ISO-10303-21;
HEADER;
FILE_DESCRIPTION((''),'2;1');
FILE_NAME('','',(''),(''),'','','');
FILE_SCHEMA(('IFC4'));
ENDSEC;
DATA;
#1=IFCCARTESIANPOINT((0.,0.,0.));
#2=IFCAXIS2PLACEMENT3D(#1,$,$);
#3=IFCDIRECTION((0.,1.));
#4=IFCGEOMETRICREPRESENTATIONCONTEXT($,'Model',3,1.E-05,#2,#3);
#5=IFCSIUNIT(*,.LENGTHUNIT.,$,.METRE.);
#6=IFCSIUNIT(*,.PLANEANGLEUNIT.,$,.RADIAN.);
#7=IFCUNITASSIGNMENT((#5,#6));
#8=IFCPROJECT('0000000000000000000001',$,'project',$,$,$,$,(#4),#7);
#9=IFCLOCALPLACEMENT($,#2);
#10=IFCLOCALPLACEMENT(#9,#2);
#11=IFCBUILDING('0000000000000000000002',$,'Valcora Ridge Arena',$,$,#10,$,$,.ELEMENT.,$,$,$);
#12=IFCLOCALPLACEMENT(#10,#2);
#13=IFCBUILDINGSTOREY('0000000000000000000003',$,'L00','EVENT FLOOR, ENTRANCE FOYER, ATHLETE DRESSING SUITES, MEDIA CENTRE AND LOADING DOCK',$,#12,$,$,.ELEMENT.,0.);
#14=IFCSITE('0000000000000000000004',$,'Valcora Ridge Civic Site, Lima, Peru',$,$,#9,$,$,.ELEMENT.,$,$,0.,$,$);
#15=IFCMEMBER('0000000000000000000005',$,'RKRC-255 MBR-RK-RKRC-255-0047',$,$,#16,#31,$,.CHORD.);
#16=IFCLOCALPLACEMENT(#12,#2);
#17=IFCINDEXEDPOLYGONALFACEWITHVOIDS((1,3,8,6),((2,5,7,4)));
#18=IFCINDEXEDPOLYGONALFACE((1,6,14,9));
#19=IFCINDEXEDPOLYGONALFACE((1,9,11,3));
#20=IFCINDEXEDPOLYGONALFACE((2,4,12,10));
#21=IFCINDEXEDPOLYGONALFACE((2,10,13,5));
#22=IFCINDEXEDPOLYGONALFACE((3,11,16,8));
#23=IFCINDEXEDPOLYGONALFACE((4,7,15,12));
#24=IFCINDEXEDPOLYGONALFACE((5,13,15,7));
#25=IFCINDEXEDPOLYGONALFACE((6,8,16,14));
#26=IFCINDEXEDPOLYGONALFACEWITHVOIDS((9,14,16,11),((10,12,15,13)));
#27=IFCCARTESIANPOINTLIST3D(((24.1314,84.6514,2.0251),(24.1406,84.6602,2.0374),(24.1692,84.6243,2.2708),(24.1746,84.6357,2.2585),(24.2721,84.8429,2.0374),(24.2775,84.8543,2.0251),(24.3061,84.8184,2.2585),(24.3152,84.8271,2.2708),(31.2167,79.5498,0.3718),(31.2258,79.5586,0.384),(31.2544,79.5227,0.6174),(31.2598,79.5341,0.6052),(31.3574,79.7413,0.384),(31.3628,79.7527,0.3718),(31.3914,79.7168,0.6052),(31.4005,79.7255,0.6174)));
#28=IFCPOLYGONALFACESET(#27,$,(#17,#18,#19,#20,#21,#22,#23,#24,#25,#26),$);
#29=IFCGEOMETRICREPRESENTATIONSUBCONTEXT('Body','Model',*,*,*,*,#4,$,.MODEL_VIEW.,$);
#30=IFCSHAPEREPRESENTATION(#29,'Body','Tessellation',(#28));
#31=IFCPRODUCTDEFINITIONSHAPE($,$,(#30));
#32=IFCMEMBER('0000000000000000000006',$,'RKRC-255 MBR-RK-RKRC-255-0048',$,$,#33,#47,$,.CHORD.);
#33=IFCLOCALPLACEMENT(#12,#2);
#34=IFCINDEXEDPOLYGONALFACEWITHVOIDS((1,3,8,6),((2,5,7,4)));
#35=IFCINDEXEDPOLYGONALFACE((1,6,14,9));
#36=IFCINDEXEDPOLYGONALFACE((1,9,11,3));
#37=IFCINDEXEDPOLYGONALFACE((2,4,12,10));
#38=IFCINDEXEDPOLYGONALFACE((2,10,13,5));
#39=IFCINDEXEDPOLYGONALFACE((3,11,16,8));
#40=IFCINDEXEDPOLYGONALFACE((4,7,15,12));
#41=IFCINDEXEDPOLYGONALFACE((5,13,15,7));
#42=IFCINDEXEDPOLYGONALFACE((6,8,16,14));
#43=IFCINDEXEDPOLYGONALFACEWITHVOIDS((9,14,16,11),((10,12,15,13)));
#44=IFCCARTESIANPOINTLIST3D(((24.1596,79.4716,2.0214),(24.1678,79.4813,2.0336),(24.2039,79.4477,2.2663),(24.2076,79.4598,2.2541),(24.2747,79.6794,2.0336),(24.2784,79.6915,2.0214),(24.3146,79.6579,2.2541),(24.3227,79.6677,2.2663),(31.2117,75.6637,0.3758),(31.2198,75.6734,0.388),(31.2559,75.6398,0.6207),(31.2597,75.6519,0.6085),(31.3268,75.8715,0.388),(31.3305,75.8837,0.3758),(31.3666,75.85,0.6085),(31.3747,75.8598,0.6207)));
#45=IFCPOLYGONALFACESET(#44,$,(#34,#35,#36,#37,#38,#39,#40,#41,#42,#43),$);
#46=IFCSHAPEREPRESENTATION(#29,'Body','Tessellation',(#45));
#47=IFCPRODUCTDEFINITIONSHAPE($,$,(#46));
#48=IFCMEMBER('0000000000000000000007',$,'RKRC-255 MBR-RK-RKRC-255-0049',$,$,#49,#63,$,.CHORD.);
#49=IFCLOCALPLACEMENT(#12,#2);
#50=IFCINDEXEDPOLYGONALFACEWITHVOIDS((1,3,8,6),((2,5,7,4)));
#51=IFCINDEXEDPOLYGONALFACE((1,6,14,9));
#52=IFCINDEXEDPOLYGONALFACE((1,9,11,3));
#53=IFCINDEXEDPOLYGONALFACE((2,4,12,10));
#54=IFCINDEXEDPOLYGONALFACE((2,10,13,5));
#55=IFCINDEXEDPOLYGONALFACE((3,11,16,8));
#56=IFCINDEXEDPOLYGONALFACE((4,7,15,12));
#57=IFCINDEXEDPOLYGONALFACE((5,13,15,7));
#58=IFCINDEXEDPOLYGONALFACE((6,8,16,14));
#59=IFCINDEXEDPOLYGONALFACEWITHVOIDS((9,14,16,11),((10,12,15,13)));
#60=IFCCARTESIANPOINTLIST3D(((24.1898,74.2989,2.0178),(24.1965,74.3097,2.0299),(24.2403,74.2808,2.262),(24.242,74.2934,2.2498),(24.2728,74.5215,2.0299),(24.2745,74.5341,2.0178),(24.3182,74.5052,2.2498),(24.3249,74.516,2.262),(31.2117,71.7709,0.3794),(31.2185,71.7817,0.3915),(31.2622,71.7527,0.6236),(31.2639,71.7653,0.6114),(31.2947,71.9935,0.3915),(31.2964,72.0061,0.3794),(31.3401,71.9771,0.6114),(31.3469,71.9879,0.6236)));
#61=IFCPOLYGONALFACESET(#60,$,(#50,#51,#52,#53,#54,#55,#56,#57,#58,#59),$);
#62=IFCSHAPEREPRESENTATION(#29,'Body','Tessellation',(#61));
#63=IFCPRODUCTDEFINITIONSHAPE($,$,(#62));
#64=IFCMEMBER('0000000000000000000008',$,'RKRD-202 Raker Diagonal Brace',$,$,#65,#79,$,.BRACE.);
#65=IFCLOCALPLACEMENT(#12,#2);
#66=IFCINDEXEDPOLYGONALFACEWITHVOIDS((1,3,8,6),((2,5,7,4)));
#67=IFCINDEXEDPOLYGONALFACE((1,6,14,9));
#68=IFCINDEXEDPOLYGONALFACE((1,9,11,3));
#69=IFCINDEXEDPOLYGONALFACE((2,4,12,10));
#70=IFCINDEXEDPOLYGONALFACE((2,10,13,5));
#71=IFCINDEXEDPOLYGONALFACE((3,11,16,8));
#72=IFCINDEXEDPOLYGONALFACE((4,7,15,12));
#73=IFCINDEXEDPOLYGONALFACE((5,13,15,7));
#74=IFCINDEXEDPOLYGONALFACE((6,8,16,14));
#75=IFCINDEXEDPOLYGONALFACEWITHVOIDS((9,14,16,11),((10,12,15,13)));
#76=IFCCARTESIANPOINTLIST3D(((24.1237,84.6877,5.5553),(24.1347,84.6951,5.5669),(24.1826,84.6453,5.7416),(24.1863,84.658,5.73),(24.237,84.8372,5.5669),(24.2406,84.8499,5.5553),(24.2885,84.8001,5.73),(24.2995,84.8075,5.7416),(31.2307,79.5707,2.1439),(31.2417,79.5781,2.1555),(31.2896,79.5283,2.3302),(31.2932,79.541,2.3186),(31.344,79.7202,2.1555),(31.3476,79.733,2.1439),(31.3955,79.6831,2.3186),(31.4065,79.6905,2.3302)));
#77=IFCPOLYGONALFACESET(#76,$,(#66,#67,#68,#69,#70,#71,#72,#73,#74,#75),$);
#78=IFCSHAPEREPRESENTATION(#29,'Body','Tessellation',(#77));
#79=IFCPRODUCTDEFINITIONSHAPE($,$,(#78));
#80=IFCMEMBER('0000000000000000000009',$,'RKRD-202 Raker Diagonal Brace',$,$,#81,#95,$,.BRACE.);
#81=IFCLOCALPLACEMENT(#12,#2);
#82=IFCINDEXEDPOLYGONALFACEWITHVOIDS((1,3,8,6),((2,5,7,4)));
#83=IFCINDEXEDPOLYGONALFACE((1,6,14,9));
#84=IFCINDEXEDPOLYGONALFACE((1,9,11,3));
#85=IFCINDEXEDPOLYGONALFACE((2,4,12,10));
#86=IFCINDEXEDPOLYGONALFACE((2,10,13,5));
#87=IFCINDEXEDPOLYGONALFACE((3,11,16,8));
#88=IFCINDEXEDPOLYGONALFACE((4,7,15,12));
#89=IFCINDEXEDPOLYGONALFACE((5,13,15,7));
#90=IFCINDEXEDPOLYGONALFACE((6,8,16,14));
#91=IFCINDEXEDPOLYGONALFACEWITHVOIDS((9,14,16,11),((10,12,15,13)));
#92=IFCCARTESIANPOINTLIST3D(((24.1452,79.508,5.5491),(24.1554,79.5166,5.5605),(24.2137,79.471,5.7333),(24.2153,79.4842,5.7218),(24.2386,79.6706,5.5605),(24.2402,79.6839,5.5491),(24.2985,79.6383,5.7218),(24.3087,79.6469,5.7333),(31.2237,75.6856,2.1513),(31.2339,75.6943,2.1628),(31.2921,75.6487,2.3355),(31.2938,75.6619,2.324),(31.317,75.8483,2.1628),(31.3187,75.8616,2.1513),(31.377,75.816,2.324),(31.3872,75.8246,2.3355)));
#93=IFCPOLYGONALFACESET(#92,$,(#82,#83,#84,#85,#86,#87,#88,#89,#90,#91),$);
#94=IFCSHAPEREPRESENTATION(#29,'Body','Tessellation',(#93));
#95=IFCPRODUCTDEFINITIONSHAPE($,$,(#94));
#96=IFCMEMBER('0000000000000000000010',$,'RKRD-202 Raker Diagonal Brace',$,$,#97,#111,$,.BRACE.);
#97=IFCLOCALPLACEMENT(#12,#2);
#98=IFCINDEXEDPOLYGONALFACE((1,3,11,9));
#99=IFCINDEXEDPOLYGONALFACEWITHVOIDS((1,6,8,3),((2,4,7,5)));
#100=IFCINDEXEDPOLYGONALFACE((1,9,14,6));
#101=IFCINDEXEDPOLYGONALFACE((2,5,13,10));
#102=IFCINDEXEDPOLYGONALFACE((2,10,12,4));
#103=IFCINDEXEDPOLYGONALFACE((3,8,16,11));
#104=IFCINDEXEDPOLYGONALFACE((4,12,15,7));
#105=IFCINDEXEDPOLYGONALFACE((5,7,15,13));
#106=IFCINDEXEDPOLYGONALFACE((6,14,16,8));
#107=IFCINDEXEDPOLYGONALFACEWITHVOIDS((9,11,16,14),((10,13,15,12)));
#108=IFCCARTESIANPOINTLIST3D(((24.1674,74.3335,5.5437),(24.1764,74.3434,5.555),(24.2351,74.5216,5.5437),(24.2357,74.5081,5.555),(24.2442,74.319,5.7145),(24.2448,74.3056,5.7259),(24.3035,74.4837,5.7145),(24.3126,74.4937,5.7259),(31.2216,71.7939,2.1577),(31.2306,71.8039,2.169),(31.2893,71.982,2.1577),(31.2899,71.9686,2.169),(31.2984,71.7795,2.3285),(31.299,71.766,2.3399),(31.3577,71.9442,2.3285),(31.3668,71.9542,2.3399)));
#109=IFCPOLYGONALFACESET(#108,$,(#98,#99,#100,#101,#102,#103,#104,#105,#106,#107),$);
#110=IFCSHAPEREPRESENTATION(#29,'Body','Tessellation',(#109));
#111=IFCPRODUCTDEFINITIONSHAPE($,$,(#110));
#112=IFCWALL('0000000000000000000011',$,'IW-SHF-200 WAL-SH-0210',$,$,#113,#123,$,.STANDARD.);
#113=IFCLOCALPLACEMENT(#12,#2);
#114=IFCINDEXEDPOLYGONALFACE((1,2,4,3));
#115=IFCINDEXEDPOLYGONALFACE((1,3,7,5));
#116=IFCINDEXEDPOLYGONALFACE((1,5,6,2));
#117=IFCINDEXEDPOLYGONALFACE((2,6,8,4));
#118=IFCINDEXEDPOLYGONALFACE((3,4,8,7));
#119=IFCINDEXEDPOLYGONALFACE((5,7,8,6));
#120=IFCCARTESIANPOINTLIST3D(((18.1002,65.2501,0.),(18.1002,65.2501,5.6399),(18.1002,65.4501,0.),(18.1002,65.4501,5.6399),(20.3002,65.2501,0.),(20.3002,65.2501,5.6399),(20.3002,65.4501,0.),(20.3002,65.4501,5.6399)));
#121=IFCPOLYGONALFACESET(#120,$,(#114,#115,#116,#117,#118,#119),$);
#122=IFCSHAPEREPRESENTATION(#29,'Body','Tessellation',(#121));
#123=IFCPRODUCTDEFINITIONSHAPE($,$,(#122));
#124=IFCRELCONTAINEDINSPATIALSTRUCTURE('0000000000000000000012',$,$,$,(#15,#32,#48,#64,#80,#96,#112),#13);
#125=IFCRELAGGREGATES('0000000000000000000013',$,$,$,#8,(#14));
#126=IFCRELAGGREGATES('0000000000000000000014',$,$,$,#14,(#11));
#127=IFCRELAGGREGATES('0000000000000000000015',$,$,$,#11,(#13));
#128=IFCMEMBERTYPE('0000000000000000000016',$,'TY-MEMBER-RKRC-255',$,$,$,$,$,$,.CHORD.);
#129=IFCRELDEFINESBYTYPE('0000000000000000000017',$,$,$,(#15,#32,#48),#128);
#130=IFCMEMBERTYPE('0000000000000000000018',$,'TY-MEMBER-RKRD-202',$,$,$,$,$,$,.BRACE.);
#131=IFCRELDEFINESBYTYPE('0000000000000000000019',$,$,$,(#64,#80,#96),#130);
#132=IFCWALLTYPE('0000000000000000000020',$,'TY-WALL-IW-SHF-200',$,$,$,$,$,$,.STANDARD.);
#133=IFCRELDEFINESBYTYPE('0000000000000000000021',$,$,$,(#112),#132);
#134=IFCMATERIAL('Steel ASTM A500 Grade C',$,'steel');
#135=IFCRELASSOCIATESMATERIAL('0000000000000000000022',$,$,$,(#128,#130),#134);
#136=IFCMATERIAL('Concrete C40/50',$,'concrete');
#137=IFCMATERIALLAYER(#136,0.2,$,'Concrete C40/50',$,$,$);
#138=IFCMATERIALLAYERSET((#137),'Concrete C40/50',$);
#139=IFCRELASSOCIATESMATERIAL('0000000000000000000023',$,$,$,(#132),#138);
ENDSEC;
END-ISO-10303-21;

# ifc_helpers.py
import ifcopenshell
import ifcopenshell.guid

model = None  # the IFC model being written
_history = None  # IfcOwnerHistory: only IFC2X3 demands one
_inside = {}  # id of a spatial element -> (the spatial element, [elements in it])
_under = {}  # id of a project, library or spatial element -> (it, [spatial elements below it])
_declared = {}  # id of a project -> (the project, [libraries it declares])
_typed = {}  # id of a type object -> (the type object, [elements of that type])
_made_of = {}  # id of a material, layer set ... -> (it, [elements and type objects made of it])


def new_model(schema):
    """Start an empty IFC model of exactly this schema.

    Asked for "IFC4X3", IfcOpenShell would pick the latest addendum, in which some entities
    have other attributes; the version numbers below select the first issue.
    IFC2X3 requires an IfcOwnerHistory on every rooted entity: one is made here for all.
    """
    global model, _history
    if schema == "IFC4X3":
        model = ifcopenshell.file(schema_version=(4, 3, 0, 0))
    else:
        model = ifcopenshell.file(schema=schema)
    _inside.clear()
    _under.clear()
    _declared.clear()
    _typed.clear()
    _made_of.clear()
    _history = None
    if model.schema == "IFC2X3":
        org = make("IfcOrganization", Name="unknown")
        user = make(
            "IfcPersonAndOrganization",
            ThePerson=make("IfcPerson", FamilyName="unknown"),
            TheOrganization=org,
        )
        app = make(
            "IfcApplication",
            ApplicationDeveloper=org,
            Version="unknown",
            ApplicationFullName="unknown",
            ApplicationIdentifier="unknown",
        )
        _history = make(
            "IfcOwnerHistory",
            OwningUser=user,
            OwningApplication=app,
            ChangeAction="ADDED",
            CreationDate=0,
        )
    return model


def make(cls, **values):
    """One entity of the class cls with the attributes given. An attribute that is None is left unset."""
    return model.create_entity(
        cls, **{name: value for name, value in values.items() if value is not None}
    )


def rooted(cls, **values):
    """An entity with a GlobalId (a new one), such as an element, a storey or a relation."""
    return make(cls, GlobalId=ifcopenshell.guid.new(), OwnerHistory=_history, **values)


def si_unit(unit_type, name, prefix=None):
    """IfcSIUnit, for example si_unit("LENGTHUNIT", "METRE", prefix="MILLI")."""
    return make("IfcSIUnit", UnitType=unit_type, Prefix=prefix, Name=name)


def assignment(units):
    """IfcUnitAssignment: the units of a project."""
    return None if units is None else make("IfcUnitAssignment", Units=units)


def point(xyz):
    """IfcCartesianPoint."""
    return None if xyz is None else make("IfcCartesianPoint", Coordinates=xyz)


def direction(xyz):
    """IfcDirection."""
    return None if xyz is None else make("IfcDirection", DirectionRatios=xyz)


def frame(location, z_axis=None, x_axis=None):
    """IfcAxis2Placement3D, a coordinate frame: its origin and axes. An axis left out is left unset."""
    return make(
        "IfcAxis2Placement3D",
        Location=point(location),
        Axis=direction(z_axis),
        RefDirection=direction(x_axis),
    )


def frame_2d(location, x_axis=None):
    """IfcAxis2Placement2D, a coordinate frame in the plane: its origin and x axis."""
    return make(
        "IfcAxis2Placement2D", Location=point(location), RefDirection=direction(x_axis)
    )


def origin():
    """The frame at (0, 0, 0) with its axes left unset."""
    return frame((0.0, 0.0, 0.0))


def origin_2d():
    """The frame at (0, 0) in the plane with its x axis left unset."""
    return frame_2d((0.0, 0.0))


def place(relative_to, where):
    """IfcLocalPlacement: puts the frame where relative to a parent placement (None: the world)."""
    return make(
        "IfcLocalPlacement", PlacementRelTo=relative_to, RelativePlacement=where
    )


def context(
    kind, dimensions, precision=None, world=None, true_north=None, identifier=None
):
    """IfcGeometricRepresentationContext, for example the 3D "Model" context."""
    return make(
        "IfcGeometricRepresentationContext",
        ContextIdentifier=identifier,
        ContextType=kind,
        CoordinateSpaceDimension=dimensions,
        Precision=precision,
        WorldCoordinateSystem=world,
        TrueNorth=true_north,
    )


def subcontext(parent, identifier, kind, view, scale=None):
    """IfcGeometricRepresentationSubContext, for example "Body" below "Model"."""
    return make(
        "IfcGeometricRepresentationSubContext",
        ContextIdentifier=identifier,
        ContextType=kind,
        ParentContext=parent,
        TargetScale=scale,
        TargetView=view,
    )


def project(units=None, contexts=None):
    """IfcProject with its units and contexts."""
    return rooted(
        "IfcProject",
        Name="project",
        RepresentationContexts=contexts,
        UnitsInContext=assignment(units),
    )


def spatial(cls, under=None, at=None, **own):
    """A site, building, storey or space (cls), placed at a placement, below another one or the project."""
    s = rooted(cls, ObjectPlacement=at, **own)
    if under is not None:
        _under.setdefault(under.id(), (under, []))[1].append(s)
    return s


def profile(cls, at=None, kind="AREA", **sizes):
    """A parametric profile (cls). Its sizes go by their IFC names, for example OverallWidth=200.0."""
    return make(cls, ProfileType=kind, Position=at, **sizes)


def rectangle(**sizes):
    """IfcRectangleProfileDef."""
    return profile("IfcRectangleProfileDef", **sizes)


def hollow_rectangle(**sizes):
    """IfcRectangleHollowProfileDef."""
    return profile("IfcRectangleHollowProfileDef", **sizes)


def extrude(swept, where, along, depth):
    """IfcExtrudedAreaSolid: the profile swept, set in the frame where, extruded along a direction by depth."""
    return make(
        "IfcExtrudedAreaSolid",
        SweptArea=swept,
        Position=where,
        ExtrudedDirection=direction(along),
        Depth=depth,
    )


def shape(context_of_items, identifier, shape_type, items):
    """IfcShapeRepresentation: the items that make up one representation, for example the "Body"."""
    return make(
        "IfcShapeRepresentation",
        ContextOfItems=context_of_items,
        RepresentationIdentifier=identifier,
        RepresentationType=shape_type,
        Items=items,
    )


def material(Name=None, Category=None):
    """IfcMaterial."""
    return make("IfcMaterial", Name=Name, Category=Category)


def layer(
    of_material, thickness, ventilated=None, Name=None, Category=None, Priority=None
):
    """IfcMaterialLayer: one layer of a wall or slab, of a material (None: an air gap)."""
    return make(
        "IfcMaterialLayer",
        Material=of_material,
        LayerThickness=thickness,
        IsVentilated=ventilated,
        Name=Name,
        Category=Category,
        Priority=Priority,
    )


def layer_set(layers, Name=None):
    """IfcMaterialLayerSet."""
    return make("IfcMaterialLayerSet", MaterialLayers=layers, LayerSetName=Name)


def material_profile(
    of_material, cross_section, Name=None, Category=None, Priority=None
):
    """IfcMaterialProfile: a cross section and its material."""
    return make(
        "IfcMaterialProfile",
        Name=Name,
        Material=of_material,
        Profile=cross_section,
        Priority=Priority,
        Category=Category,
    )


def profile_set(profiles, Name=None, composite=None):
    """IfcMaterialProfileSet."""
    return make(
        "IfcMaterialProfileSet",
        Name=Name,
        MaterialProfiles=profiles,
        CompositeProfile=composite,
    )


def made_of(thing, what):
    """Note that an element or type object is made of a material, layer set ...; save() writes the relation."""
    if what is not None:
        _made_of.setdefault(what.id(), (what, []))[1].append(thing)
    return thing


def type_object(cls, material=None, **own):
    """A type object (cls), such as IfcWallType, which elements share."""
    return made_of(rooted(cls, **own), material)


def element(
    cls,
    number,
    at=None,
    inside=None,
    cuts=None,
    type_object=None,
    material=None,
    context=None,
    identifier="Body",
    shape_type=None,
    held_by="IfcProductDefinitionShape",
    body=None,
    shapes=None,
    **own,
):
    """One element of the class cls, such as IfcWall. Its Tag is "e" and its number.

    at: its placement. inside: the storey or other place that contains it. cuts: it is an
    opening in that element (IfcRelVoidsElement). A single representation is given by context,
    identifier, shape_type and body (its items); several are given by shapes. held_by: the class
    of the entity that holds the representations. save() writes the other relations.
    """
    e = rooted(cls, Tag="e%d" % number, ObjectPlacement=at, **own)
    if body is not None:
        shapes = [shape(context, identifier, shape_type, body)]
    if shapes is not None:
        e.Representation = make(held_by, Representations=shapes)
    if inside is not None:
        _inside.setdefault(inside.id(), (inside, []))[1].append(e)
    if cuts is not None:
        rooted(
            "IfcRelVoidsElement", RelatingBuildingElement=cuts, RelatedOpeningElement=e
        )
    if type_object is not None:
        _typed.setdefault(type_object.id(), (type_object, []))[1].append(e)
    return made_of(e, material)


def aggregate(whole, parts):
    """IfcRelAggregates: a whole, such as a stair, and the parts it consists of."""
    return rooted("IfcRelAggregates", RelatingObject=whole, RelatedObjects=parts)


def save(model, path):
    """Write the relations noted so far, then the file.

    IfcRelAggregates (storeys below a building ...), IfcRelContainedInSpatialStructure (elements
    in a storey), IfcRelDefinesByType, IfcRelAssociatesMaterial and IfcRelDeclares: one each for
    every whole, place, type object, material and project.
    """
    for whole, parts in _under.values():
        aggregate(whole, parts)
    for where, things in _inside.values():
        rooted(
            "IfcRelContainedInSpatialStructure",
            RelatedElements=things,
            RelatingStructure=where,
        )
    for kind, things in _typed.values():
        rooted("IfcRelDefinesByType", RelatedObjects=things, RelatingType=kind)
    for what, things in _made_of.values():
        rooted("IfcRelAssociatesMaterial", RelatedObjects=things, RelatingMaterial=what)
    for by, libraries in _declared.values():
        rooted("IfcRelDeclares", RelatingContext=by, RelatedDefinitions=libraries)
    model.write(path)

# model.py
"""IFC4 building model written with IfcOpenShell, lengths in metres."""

from ifc_helpers import new_model, si_unit, direction, frame, frame_2d, origin, origin_2d, place, context, subcontext, project, spatial, rectangle, hollow_rectangle, extrude, material, layer, layer_set, material_profile, profile_set, type_object, element, save


model = new_model("IFC4")

# Units and contexts
model_context = context("Model", 3, precision=1e-05, world=origin(), true_north=direction((0.0, 1.0)))
body_context = subcontext(model_context, "Body", "Model", "MODEL_VIEW")
ifc_project = project(units=[si_unit("LENGTHUNIT", "METRE"), si_unit("PLANEANGLEUNIT", "RADIAN")], contexts=[model_context])

# Site, building, storey
site_placement = place(None, origin())
site = spatial("IfcSite", under=ifc_project, at=site_placement, Name="Valcora Ridge Civic Site, Lima, Peru", CompositionType="ELEMENT", RefElevation=0.0)
building_placement = place(site_placement, origin())
building = spatial("IfcBuilding", under=site, at=building_placement, Name="Valcora Ridge Arena", CompositionType="ELEMENT")
storey_placement = place(building_placement, origin())
storey = spatial("IfcBuildingStorey", under=building, at=storey_placement, Name="L00", Description="EVENT FLOOR, ENTRANCE FOYER, ATHLETE DRESSING SUITES, MEDIA CENTRE AND LOADING DOCK", CompositionType="ELEMENT", Elevation=0.0)

# Shared definitions
ifc_material_1 = material(Name="Concrete C40/50", Category="concrete")

# Members
ifc_material_2 = material(Name="Steel ASTM A500 Grade C", Category="steel")
ifc_material_profile_1 = material_profile(ifc_material_2, hollow_rectangle(XDim=0.25, YDim=0.25, WallThickness=0.0125, at=origin_2d()), Name="HSS250X250X12")
ifc_profile_set_1 = profile_set([ifc_material_profile_1], Name="Steel ASTM A500 Grade C")
member_type_1 = type_object("IfcMemberType", Name="TY-MEMBER-RKRC-255", PredefinedType="CHORD", material=ifc_profile_set_1)
member_1_placement = place(storey_placement, frame((31.3086, 79.6377, 0.4946), z_axis=(-0.797352, 0.574118, 0.186061), x_axis=(-0.584321, -0.811523, 0.0)))
element("IfcMember", 1, at=member_1_placement, inside=storey, type_object=member_type_1, Name="RKRC-255 MBR-RK-RKRC-255-0047", PredefinedType="CHORD", context=body_context, shape_type="SweptSolid", body=[
    extrude(hollow_rectangle(XDim=0.25, YDim=0.25, WallThickness=0.0125, at=origin_2d()), origin(), (0.0, 0.0, 1.0), 8.886),
])
member_2_placement = place(storey_placement, frame((31.2932, 75.7617, 0.4983), z_axis=(-0.861937, 0.465419, 0.201124), x_axis=(-0.475128, -0.879917, 0.0)))
element("IfcMember", 2, at=member_2_placement, inside=storey, type_object=member_type_1, Name="RKRC-255 MBR-RK-RKRC-255-0048", PredefinedType="CHORD", context=body_context, shape_type="SweptSolid", body=[
    extrude(hollow_rectangle(XDim=0.25, YDim=0.25, WallThickness=0.0125, at=origin_2d()), origin(), (0.0, 0.0, 1.0), 8.1816),
])
member_3_placement = place(storey_placement, frame((31.2793, 71.8794, 0.5015), z_axis=(-0.918995, 0.33086, 0.214428), x_axis=(-0.338739, -0.94088, 0.0)))
element("IfcMember", 3, at=member_3_placement, inside=storey, type_object=member_type_1, Name="RKRC-255 MBR-RK-RKRC-255-0049", PredefinedType="CHORD", context=body_context, shape_type="SweptSolid", body=[
    extrude(hollow_rectangle(XDim=0.25, YDim=0.25, WallThickness=0.0125, at=origin_2d()), origin(), (0.0, 0.0, 1.0), 7.6409),
])
ifc_material_profile_2 = material_profile(ifc_material_2, hollow_rectangle(XDim=0.2, YDim=0.2, WallThickness=0.0125, at=origin_2d()), Name="HSS200X200X12")
ifc_profile_set_2 = profile_set([ifc_material_profile_2], Name="Steel ASTM A500 Grade C")
member_type_2 = type_object("IfcMemberType", Name="TY-MEMBER-RKRD-202", PredefinedType="BRACE", material=ifc_profile_set_2)
member_4_placement = place(storey_placement, frame((31.3186, 79.6306, 2.2371), z_axis=(-0.756189, 0.544451, 0.362976), x_axis=(-0.584301, -0.811537, 0.0)))
element("IfcMember", 4, at=member_4_placement, inside=storey, type_object=member_type_2, Name="RKRD-202 Raker Diagonal Brace", PredefinedType="BRACE", context=body_context, shape_type="SweptSolid", body=[
    extrude(hollow_rectangle(XDim=0.2, YDim=0.2, WallThickness=0.0125, at=origin_2d()), origin(), (0.0, 0.0, 1.0), 9.3984),
])
member_5_placement = place(storey_placement, frame((31.3054, 75.7551, 2.2434), z_axis=(-0.810573, 0.437703, 0.389085), x_axis=(-0.475144, -0.879908, 0.0)))
element("IfcMember", 5, at=member_5_placement, inside=storey, type_object=member_type_2, Name="RKRD-202 Raker Diagonal Brace", PredefinedType="BRACE", context=body_context, shape_type="SweptSolid", body=[
    extrude(hollow_rectangle(XDim=0.2, YDim=0.2, WallThickness=0.0125, at=origin_2d()), origin(), (0.0, 0.0, 1.0), 8.7327),
])
member_6_placement = place(storey_placement, frame((31.2942, 71.874, 2.2488), z_axis=(-0.857493, 0.308702, 0.411593), x_axis=(-0.338724, -0.940886, 0.0)))
element("IfcMember", 6, at=member_6_placement, inside=storey, type_object=member_type_2, Name="RKRD-202 Raker Diagonal Brace", PredefinedType="BRACE", context=body_context, shape_type="SweptSolid", body=[
    extrude(hollow_rectangle(XDim=0.2, YDim=0.2, WallThickness=0.0125, at=origin_2d()), origin(), (0.0, 0.0, 1.0), 8.2266),
])

# Wall
ifc_layer = layer(ifc_material_1, 0.2, Name="Concrete C40/50")
ifc_layer_set = layer_set([ifc_layer], Name="Concrete C40/50")
wall_type = type_object("IfcWallType", Name="TY-WALL-IW-SHF-200", PredefinedType="STANDARD", material=ifc_layer_set)
wall_placement = place(storey_placement, frame((18.1001, 65.3501, 0.0), z_axis=(0.0, 0.0, 1.0), x_axis=(1.0, 0.0, 0.0)))
element("IfcWall", 7, at=wall_placement, inside=storey, type_object=wall_type, Name="IW-SHF-200 WAL-SH-0210", PredefinedType="STANDARD", context=body_context, shape_type="SweptSolid", body=[
    extrude(rectangle(XDim=2.2, YDim=0.2, at=frame_2d((1.1001, 0.0))), origin(), (0.0, 0.0, 1.0), 5.6399),
])

save(model, "model.ifc")
